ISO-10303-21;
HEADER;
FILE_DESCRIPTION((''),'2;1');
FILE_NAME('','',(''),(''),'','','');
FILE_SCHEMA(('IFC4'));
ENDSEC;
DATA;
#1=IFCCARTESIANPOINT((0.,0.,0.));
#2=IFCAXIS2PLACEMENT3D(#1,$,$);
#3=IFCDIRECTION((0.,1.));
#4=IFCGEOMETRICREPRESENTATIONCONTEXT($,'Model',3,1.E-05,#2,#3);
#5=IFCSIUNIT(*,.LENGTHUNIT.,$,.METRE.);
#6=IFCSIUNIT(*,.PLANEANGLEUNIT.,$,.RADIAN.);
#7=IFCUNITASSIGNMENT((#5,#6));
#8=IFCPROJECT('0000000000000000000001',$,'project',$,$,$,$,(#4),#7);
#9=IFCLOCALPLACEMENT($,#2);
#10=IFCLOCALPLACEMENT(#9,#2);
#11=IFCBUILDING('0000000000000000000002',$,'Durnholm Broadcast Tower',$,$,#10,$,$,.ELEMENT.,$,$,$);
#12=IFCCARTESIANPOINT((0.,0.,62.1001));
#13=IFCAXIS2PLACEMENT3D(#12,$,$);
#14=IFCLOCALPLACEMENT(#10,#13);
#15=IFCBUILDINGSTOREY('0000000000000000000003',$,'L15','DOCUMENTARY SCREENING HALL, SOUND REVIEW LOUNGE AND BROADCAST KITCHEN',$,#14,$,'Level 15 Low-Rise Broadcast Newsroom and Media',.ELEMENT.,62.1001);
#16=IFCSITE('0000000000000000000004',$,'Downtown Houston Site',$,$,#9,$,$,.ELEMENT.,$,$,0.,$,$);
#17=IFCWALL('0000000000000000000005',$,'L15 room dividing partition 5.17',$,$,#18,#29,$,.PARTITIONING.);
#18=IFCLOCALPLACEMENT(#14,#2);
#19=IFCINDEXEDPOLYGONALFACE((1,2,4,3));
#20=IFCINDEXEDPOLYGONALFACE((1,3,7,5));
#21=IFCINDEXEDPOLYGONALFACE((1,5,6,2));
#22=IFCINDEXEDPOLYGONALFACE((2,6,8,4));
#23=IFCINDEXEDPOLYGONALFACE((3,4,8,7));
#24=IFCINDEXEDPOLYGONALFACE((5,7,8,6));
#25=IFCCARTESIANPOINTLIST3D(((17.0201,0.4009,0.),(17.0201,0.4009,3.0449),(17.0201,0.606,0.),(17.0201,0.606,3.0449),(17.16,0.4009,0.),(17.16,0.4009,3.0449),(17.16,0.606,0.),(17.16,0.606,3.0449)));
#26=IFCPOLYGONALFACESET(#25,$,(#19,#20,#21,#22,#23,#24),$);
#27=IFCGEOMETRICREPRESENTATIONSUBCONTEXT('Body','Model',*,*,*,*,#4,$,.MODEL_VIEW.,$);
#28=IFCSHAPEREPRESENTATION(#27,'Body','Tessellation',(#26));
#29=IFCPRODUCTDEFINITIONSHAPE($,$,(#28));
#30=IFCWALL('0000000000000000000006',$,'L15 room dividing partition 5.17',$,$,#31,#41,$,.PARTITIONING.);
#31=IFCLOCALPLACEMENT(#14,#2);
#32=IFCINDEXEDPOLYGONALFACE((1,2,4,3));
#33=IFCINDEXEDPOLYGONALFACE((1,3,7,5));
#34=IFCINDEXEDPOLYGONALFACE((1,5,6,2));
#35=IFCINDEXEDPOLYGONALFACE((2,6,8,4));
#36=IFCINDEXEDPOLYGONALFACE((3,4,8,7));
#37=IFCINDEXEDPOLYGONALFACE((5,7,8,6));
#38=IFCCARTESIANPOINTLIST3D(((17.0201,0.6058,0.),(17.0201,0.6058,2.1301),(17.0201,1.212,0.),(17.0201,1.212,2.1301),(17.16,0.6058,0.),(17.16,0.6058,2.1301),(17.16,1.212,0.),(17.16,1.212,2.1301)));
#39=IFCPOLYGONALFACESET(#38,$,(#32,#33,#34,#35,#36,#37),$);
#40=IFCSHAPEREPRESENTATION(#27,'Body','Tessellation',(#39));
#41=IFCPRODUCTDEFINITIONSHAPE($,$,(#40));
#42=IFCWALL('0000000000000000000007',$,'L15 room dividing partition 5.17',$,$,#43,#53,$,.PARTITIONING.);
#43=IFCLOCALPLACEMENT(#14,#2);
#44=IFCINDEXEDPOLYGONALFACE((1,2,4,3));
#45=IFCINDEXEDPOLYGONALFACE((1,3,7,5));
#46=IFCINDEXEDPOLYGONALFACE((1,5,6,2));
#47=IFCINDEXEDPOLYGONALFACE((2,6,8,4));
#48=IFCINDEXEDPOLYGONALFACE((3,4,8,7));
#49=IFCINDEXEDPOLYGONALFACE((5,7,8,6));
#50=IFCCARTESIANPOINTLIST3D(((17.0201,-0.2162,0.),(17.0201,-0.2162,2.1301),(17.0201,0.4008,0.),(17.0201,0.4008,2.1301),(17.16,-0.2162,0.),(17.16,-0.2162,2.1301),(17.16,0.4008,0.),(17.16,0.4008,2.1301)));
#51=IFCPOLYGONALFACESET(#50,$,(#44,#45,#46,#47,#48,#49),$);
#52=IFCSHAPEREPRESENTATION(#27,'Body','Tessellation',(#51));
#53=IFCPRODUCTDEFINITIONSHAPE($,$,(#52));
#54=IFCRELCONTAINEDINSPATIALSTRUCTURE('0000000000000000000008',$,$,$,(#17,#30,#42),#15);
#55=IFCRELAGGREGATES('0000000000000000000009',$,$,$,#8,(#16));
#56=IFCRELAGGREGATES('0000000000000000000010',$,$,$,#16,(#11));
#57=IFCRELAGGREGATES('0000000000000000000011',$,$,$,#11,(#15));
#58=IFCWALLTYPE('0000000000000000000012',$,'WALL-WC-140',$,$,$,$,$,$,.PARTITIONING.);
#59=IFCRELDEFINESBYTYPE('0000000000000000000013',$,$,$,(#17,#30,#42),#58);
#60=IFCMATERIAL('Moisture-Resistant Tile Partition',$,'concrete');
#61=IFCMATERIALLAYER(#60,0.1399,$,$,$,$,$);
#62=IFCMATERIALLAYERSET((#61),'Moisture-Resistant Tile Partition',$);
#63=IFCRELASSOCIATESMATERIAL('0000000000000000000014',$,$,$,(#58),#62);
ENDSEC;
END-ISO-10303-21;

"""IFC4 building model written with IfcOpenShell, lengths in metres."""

from ifc_helpers import new_model, si_unit, direction, frame, frame_2d, origin, place, context, subcontext, project, spatial, rectangle, extrude, material, layer, layer_set, type_object, element, save


model = new_model("IFC4")

# Units and contexts
model_context = context("Model", 3, precision=1e-05, world=origin(), true_north=direction((0.0, 1.0)))
body_context = subcontext(model_context, "Body", "Model", "MODEL_VIEW")
ifc_project = project(units=[si_unit("LENGTHUNIT", "METRE"), si_unit("PLANEANGLEUNIT", "RADIAN")], contexts=[model_context])

# Site, building, storey
site_placement = place(None, origin())
site = spatial("IfcSite", under=ifc_project, at=site_placement, Name="Downtown Houston Site", CompositionType="ELEMENT", RefElevation=0.0)
building_placement = place(site_placement, origin())
building = spatial("IfcBuilding", under=site, at=building_placement, Name="Durnholm Broadcast Tower", CompositionType="ELEMENT")
storey_placement = place(building_placement, frame((0.0, 0.0, 62.1001)))
storey = spatial("IfcBuildingStorey", under=building, at=storey_placement, Name="L15", Description="DOCUMENTARY SCREENING HALL, SOUND REVIEW LOUNGE AND BROADCAST KITCHEN", LongName="Level 15 Low-Rise Broadcast Newsroom and Media", CompositionType="ELEMENT", Elevation=62.1001)

# Walls
ifc_material_1 = material(Name="Moisture-Resistant Tile Partition", Category="concrete")
ifc_layer_1 = layer(ifc_material_1, 0.1399)
ifc_layer_set_1 = layer_set([ifc_layer_1], Name="Moisture-Resistant Tile Partition")
wall_type_1 = type_object("IfcWallType", Name="WALL-WC-140", PredefinedType="PARTITIONING", material=ifc_layer_set_1)
wall_1_placement = place(storey_placement, frame((17.0901, 0.606, 0.0), z_axis=(0.0, 0.0, 1.0), x_axis=(0.0, -1.0, 0.0)))
element("IfcWall", 1, at=wall_1_placement, inside=storey, type_object=wall_type_1, Name="L15 room dividing partition 5.17", PredefinedType="PARTITIONING", context=body_context, shape_type="SweptSolid", body=[
    extrude(rectangle(XDim=0.2051, YDim=0.1399, at=frame_2d((0.1025, 0.0))), origin(), (0.0, 0.0, 1.0), 3.0449),
])
wall_2_placement = place(storey_placement, frame((17.0901, 1.2122, 0.0), z_axis=(0.0, 0.0, 1.0), x_axis=(0.0, -1.0, 0.0)))
element("IfcWall", 2, at=wall_2_placement, inside=storey, type_object=wall_type_1, Name="L15 room dividing partition 5.17", PredefinedType="PARTITIONING", context=body_context, shape_type="SweptSolid", body=[
    extrude(rectangle(XDim=0.6062, YDim=0.1399, at=frame_2d((0.3032, 0.0))), origin(), (0.0, 0.0, 1.0), 2.1301),
])
wall_3_placement = place(storey_placement, frame((17.0901, 0.4009, 0.0), z_axis=(0.0, 0.0, 1.0), x_axis=(0.0, -1.0, 0.0)))
element("IfcWall", 3, at=wall_3_placement, inside=storey, type_object=wall_type_1, Name="L15 room dividing partition 5.17", PredefinedType="PARTITIONING", context=body_context, shape_type="SweptSolid", body=[
    extrude(rectangle(XDim=0.6169, YDim=0.1399, at=frame_2d((0.3086, 0.0))), origin(), (0.0, 0.0, 1.0), 2.1301),
])

save(model, "model.ifc")
